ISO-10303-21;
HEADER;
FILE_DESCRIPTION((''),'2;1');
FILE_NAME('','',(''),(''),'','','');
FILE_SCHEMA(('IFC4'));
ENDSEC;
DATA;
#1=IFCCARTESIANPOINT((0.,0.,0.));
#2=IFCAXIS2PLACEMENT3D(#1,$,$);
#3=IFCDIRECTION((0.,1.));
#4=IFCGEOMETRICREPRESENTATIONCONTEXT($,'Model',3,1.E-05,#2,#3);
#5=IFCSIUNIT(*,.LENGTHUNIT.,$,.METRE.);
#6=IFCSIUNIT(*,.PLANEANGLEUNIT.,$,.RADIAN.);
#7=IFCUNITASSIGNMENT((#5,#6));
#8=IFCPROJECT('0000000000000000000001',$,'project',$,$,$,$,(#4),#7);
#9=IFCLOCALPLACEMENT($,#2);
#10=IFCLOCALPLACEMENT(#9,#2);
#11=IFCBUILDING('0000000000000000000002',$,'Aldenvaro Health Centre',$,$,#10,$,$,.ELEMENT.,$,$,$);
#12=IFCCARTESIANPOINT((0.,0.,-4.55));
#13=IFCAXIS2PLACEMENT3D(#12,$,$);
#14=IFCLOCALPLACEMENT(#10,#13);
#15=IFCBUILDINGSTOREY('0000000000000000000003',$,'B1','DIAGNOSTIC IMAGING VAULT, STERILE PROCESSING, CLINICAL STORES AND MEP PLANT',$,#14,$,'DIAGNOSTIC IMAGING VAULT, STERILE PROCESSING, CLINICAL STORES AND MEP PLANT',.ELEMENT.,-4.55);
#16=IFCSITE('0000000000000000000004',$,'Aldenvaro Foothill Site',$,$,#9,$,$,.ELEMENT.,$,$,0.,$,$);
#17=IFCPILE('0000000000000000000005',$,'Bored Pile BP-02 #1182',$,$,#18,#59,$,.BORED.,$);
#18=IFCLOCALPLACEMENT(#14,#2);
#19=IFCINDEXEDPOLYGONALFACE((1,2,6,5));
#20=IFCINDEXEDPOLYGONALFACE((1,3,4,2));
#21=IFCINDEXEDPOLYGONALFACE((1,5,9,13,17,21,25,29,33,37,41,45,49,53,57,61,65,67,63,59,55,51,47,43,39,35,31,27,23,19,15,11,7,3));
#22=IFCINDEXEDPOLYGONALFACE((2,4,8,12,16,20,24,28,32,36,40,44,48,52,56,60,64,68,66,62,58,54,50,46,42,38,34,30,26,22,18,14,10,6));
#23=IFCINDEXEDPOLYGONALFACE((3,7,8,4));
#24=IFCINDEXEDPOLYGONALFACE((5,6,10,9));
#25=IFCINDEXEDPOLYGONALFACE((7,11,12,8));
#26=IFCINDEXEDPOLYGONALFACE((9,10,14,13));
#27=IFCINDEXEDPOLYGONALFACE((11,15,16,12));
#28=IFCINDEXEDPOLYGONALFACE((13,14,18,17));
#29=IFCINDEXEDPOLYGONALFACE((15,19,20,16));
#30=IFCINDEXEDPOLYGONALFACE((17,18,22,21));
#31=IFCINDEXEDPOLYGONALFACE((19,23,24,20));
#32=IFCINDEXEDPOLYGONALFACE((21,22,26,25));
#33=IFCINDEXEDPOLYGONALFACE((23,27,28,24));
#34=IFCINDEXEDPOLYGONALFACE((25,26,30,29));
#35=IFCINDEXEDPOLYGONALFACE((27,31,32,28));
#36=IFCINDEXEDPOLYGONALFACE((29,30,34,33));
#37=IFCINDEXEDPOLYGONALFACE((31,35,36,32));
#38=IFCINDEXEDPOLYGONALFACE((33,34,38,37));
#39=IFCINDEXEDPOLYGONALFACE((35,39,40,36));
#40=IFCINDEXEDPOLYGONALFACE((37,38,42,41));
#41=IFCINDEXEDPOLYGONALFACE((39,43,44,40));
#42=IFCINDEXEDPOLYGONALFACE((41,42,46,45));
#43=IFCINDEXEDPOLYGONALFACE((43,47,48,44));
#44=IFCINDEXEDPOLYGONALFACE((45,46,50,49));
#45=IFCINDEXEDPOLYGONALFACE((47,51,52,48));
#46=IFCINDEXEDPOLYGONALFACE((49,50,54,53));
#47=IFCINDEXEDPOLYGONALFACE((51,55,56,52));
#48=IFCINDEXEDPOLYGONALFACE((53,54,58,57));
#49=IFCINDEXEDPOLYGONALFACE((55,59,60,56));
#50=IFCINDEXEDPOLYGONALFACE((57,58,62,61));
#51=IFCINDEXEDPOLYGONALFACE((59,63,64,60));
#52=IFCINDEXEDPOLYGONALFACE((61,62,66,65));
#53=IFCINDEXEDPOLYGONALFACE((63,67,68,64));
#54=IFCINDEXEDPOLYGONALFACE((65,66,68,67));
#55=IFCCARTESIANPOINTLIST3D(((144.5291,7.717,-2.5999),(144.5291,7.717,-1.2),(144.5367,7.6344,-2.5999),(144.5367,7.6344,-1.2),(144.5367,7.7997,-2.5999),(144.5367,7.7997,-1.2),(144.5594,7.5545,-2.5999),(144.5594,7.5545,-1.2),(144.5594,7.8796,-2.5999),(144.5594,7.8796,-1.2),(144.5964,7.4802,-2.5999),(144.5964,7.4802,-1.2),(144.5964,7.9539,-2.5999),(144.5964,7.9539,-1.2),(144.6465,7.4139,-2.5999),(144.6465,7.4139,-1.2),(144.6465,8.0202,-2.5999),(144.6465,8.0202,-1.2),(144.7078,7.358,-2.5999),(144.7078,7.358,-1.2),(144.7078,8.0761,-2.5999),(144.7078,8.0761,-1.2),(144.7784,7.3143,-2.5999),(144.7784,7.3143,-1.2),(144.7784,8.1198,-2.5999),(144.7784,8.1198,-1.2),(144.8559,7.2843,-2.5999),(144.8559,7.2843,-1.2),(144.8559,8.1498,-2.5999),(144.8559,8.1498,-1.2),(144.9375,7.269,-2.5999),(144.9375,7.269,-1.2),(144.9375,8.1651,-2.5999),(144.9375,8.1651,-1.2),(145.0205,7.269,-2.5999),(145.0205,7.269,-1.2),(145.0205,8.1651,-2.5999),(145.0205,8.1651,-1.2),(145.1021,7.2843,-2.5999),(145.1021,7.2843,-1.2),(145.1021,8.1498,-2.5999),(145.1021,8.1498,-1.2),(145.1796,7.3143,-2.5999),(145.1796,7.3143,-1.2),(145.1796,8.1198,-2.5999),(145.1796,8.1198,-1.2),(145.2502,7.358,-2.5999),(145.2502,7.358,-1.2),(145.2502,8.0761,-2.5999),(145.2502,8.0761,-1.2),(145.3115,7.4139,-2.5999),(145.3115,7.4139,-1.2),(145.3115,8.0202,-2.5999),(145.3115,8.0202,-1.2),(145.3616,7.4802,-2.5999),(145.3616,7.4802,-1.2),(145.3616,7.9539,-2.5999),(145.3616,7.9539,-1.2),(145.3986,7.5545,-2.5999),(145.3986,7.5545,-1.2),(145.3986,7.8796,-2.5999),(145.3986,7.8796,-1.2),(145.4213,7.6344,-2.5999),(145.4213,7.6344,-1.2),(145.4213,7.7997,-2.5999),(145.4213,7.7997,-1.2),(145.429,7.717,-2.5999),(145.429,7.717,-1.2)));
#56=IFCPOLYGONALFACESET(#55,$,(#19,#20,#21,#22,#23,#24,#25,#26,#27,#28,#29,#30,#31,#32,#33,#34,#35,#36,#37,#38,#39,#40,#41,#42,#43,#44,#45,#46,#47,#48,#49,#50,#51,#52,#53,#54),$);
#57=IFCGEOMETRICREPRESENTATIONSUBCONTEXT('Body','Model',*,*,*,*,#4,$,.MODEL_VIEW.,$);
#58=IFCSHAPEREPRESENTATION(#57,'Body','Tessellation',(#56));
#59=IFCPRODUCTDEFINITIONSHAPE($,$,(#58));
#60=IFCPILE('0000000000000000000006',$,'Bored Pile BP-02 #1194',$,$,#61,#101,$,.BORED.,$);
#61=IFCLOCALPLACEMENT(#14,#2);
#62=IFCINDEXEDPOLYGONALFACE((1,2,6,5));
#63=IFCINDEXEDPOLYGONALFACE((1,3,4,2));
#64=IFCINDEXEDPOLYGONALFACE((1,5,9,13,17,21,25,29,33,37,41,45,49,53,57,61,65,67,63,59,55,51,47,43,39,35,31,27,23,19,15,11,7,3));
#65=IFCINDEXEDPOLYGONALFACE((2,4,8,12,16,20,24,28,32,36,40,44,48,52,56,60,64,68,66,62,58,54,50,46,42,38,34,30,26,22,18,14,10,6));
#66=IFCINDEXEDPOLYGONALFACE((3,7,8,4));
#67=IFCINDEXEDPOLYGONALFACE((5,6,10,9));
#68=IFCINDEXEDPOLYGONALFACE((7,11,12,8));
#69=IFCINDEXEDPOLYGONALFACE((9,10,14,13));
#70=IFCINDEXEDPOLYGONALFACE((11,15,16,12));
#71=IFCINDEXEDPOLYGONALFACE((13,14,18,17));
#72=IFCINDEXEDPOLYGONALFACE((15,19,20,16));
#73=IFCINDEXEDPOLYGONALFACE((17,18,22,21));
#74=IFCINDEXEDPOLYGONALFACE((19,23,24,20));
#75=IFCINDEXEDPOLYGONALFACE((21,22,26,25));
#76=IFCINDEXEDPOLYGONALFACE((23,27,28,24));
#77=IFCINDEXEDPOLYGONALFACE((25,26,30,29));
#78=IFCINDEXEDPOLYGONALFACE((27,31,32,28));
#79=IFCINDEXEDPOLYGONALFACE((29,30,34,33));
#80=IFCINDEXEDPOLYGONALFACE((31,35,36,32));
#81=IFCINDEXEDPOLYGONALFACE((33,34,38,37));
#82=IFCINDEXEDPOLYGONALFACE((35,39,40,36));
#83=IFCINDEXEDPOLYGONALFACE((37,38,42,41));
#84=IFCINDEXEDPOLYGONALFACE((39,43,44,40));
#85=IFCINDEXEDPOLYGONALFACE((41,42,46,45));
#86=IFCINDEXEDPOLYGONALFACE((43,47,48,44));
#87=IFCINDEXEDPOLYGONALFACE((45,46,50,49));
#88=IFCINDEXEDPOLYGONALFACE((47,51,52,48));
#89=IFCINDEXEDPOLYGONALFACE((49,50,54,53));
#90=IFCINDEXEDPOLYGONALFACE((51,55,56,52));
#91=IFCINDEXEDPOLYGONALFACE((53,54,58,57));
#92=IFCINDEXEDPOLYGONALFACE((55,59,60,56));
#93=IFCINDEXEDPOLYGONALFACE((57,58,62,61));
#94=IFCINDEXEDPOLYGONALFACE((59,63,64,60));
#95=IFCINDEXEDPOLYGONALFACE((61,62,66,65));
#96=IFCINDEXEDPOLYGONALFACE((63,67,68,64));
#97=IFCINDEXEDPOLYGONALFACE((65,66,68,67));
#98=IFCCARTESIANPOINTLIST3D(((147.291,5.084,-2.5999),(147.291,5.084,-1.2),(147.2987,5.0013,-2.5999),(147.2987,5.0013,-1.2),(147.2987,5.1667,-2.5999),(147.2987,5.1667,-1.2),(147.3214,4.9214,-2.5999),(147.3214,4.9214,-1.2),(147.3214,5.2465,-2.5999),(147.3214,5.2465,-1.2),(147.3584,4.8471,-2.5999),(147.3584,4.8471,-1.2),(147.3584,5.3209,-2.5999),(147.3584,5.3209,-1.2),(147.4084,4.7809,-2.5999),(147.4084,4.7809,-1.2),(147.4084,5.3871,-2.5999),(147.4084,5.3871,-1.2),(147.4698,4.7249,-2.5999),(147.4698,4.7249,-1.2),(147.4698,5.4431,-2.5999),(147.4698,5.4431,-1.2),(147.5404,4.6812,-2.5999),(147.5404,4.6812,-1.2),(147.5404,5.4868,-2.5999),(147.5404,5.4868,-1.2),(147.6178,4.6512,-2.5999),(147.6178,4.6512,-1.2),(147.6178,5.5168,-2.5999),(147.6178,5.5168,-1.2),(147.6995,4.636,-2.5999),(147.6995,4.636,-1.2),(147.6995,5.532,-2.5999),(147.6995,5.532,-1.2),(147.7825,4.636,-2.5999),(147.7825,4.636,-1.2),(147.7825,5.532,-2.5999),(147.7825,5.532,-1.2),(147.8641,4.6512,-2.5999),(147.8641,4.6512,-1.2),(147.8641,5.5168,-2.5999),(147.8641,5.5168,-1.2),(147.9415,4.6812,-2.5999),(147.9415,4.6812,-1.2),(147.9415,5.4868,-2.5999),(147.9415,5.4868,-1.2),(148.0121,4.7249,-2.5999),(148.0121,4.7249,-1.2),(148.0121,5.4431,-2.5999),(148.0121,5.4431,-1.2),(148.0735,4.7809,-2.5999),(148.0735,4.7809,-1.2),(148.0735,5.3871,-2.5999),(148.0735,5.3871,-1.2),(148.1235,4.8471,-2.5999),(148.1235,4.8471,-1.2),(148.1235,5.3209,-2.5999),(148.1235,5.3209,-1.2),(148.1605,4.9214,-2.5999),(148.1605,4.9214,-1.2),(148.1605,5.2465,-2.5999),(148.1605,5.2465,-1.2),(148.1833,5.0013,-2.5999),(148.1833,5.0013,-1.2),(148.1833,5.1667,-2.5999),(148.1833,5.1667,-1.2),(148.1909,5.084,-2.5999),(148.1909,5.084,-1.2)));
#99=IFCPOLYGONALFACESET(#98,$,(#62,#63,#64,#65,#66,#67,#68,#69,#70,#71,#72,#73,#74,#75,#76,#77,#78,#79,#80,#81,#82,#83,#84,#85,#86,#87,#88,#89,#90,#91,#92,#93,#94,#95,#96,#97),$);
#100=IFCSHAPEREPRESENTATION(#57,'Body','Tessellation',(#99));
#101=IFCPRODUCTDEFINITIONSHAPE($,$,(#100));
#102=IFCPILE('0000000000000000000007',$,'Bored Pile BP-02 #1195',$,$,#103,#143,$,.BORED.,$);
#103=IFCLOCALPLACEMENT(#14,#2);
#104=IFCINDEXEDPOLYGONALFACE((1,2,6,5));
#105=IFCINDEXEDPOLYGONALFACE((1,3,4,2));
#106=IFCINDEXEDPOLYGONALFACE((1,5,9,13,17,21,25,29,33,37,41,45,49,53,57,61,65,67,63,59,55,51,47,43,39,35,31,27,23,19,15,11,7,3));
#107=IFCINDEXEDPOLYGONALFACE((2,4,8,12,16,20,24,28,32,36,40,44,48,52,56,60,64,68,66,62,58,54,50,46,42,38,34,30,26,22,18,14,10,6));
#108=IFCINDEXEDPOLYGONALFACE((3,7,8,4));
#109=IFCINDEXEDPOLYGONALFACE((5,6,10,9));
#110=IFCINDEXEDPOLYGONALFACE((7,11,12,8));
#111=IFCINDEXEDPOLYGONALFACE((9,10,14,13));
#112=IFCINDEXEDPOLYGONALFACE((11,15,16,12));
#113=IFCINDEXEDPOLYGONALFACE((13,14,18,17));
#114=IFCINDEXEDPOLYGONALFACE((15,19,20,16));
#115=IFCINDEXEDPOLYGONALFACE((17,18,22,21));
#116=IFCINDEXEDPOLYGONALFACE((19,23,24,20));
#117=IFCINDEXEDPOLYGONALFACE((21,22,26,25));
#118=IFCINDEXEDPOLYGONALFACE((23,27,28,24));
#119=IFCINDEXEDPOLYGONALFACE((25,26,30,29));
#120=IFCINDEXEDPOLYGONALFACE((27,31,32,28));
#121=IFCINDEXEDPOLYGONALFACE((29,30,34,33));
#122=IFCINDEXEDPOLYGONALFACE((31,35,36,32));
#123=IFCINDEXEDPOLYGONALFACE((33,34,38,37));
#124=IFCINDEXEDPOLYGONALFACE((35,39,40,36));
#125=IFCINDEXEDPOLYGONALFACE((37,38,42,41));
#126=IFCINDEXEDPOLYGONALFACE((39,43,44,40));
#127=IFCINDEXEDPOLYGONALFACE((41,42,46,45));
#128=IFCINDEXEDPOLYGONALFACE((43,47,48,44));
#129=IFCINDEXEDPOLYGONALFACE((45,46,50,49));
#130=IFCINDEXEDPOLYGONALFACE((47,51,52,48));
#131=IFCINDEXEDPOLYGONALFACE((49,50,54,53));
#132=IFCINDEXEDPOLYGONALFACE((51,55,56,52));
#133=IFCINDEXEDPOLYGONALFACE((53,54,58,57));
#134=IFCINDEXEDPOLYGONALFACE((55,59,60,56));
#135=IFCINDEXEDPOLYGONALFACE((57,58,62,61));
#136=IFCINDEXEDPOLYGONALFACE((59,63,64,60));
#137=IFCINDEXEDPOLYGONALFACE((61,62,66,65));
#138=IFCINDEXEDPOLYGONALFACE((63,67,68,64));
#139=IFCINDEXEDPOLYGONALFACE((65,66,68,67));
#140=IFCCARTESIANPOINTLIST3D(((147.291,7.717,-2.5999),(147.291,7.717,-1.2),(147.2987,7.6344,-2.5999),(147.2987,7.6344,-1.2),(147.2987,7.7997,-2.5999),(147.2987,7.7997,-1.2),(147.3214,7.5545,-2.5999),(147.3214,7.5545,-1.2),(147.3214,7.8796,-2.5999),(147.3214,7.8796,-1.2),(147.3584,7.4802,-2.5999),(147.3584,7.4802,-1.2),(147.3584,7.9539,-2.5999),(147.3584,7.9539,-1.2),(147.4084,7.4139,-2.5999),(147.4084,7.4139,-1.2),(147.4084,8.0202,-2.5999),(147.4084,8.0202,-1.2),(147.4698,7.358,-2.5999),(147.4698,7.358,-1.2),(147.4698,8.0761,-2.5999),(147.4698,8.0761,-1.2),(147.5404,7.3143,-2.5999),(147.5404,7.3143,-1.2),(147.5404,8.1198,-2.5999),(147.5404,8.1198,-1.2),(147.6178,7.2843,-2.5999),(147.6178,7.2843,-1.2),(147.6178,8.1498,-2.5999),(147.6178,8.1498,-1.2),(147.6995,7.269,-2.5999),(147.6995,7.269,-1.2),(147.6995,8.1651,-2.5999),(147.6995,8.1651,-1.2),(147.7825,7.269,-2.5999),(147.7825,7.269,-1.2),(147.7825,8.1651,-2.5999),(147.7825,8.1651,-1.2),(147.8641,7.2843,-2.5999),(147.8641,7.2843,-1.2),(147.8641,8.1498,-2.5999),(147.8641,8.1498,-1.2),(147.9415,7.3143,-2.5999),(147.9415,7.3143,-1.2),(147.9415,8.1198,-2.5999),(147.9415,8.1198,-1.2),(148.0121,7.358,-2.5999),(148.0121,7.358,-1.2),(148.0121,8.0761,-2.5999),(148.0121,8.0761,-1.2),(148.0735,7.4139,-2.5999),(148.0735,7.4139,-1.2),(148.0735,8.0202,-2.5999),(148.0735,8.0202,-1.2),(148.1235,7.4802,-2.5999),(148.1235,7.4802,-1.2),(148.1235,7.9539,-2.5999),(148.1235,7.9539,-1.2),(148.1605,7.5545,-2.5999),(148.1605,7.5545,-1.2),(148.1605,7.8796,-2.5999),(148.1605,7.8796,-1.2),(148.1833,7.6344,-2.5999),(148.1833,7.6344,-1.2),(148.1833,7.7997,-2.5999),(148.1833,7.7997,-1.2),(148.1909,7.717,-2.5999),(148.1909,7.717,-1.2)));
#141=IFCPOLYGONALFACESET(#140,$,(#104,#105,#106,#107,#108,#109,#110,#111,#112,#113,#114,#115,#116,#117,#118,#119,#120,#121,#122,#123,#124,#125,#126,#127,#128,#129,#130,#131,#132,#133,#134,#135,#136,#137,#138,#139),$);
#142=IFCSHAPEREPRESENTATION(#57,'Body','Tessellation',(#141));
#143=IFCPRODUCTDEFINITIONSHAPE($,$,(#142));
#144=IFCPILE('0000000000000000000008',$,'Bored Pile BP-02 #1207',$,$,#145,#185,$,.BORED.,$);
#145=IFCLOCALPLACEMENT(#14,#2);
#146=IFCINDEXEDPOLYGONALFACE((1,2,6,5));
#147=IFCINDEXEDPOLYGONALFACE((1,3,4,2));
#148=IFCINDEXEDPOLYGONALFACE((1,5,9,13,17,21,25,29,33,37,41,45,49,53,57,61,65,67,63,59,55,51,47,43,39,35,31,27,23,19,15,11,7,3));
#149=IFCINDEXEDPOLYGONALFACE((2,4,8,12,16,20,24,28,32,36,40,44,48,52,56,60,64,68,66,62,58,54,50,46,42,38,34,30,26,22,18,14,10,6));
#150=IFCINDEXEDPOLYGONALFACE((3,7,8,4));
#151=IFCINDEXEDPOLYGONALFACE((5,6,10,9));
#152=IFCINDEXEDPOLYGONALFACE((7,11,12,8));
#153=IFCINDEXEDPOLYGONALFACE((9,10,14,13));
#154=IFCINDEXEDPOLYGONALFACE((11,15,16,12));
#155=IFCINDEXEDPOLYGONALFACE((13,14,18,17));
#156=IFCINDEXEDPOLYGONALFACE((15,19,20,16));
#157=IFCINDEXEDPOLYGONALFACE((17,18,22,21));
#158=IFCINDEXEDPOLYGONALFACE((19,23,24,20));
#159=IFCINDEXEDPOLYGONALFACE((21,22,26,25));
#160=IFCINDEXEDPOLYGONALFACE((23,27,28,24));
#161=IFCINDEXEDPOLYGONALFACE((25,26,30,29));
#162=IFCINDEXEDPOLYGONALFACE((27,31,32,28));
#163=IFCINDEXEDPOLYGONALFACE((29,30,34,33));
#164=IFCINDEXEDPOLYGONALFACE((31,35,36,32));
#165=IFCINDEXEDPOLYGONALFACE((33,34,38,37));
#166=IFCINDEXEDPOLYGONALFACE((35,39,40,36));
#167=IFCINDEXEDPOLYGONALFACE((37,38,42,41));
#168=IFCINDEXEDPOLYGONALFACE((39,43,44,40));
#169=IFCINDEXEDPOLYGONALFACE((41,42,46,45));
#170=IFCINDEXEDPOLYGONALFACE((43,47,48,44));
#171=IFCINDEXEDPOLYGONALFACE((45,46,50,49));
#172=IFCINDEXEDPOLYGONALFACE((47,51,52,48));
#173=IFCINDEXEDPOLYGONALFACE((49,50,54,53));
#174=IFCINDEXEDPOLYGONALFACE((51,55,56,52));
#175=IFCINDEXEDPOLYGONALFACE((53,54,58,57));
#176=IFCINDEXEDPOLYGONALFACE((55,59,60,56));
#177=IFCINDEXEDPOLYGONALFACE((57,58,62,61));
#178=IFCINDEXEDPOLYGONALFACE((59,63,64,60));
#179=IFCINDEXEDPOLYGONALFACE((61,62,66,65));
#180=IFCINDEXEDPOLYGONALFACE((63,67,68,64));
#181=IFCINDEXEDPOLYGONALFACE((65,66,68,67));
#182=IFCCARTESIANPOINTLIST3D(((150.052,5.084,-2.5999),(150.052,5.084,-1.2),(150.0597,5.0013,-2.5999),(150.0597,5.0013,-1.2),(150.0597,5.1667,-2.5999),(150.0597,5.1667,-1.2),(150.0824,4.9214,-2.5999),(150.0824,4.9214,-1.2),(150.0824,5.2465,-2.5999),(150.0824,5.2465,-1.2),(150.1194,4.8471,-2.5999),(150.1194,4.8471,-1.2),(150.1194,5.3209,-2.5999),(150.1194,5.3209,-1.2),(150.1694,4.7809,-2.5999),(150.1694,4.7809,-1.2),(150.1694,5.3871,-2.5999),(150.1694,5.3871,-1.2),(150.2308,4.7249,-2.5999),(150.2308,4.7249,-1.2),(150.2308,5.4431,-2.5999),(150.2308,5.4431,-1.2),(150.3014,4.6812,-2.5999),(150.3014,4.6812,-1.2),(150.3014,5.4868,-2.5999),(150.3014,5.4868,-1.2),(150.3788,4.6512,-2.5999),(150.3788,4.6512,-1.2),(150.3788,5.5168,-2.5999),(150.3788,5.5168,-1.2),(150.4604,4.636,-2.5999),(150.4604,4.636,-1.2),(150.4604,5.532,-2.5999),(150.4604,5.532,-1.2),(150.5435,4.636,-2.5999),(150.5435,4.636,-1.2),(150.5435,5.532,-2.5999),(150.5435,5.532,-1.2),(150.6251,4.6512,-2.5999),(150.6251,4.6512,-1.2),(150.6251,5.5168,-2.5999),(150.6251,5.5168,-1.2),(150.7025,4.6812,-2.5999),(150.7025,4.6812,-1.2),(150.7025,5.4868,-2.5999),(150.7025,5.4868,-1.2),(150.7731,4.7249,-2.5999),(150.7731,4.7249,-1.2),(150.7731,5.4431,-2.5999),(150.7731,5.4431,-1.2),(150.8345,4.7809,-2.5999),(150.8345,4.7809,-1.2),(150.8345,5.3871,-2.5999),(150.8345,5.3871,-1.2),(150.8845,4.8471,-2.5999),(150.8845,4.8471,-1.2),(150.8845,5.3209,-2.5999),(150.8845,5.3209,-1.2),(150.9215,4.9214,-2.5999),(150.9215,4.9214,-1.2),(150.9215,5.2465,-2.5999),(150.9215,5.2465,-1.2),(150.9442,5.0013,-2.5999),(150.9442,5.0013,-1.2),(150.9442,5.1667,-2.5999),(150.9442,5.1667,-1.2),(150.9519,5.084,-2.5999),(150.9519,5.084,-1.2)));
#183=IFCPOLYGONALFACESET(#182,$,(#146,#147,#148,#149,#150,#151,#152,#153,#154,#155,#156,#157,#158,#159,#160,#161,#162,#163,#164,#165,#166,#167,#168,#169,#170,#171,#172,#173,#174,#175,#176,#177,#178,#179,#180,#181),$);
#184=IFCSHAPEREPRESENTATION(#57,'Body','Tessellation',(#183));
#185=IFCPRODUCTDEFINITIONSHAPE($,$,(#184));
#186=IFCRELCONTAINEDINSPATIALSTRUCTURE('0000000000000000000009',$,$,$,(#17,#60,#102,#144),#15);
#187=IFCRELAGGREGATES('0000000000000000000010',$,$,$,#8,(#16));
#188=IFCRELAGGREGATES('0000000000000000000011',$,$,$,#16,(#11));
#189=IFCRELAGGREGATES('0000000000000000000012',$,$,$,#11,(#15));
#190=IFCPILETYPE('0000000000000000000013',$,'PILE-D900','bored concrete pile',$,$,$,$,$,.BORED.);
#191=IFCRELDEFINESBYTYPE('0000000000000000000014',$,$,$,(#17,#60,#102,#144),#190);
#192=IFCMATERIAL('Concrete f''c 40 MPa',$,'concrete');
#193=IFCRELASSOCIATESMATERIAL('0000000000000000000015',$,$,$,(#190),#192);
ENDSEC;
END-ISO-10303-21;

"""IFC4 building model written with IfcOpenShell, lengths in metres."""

from ifc_helpers import new_model, si_unit, direction, frame, origin, origin_2d, place, context, subcontext, project, spatial, circle, extrude, material, material_profile, profile_set, type_object, element, save


model = new_model("IFC4")

# Units and contexts
model_context = context("Model", 3, precision=1e-05, world=origin(), true_north=direction((0.0, 1.0)))
body_context = subcontext(model_context, "Body", "Model", "MODEL_VIEW")
ifc_project = project(units=[si_unit("LENGTHUNIT", "METRE"), si_unit("PLANEANGLEUNIT", "RADIAN")], contexts=[model_context])

# Site, building, storey
site_placement = place(None, origin())
site = spatial("IfcSite", under=ifc_project, at=site_placement, Name="Aldenvaro Foothill Site", CompositionType="ELEMENT", RefElevation=0.0)
building_placement = place(site_placement, origin())
building = spatial("IfcBuilding", under=site, at=building_placement, Name="Aldenvaro Health Centre", CompositionType="ELEMENT")
storey_placement = place(building_placement, frame((0.0, 0.0, -4.55)))
storey = spatial("IfcBuildingStorey", under=building, at=storey_placement, Name="B1", Description="DIAGNOSTIC IMAGING VAULT, STERILE PROCESSING, CLINICAL STORES AND MEP PLANT", LongName="DIAGNOSTIC IMAGING VAULT, STERILE PROCESSING, CLINICAL STORES AND MEP PLANT", CompositionType="ELEMENT", Elevation=-4.55)

# Shared definitions
ifc_material_1 = material(Name="Concrete f'c 40 MPa", Category="concrete")

# Piles
ifc_material_profile_1 = material_profile(ifc_material_1, circle(Radius=0.45, at=origin_2d()), Name="PILE D900", Category="concrete")
ifc_profile_set_1 = profile_set([ifc_material_profile_1], Name="Concrete f'c 40 MPa")
pile_type_1 = type_object("IfcPileType", Name="PILE-D900", Description="bored concrete pile", PredefinedType="BORED", material=ifc_profile_set_1)
for number, where, z_axis, x_axis, name in (
    (1, (144.979, 7.717, -1.2), (0.0, 0.0, -1.0), (1.0, 0.0, 0.0), "Bored Pile BP-02 #1182"),
    (2, (147.741, 5.084, -1.2), (0.0, 0.0, -1.0), (1.0, 0.0, 0.0), "Bored Pile BP-02 #1194"),
    (3, (147.741, 7.717, -1.2), (0.0, 0.0, -1.0), (1.0, 0.0, 0.0), "Bored Pile BP-02 #1195"),
    (4, (150.502, 5.084, -1.2), (0.0, 0.0, -1.0), (1.0, 0.0, 0.0), "Bored Pile BP-02 #1207"),
):
    element("IfcPile", number, at=place(storey_placement, frame(where, z_axis=z_axis, x_axis=x_axis)), inside=storey, type_object=pile_type_1, Name=name, PredefinedType="BORED", context=body_context, shape_type="SweptSolid", body=[
        extrude(circle(Radius=0.45, at=origin_2d()), origin(), (0.0, 0.0, 1.0), 1.3999),
    ])

save(model, "model.ifc")
